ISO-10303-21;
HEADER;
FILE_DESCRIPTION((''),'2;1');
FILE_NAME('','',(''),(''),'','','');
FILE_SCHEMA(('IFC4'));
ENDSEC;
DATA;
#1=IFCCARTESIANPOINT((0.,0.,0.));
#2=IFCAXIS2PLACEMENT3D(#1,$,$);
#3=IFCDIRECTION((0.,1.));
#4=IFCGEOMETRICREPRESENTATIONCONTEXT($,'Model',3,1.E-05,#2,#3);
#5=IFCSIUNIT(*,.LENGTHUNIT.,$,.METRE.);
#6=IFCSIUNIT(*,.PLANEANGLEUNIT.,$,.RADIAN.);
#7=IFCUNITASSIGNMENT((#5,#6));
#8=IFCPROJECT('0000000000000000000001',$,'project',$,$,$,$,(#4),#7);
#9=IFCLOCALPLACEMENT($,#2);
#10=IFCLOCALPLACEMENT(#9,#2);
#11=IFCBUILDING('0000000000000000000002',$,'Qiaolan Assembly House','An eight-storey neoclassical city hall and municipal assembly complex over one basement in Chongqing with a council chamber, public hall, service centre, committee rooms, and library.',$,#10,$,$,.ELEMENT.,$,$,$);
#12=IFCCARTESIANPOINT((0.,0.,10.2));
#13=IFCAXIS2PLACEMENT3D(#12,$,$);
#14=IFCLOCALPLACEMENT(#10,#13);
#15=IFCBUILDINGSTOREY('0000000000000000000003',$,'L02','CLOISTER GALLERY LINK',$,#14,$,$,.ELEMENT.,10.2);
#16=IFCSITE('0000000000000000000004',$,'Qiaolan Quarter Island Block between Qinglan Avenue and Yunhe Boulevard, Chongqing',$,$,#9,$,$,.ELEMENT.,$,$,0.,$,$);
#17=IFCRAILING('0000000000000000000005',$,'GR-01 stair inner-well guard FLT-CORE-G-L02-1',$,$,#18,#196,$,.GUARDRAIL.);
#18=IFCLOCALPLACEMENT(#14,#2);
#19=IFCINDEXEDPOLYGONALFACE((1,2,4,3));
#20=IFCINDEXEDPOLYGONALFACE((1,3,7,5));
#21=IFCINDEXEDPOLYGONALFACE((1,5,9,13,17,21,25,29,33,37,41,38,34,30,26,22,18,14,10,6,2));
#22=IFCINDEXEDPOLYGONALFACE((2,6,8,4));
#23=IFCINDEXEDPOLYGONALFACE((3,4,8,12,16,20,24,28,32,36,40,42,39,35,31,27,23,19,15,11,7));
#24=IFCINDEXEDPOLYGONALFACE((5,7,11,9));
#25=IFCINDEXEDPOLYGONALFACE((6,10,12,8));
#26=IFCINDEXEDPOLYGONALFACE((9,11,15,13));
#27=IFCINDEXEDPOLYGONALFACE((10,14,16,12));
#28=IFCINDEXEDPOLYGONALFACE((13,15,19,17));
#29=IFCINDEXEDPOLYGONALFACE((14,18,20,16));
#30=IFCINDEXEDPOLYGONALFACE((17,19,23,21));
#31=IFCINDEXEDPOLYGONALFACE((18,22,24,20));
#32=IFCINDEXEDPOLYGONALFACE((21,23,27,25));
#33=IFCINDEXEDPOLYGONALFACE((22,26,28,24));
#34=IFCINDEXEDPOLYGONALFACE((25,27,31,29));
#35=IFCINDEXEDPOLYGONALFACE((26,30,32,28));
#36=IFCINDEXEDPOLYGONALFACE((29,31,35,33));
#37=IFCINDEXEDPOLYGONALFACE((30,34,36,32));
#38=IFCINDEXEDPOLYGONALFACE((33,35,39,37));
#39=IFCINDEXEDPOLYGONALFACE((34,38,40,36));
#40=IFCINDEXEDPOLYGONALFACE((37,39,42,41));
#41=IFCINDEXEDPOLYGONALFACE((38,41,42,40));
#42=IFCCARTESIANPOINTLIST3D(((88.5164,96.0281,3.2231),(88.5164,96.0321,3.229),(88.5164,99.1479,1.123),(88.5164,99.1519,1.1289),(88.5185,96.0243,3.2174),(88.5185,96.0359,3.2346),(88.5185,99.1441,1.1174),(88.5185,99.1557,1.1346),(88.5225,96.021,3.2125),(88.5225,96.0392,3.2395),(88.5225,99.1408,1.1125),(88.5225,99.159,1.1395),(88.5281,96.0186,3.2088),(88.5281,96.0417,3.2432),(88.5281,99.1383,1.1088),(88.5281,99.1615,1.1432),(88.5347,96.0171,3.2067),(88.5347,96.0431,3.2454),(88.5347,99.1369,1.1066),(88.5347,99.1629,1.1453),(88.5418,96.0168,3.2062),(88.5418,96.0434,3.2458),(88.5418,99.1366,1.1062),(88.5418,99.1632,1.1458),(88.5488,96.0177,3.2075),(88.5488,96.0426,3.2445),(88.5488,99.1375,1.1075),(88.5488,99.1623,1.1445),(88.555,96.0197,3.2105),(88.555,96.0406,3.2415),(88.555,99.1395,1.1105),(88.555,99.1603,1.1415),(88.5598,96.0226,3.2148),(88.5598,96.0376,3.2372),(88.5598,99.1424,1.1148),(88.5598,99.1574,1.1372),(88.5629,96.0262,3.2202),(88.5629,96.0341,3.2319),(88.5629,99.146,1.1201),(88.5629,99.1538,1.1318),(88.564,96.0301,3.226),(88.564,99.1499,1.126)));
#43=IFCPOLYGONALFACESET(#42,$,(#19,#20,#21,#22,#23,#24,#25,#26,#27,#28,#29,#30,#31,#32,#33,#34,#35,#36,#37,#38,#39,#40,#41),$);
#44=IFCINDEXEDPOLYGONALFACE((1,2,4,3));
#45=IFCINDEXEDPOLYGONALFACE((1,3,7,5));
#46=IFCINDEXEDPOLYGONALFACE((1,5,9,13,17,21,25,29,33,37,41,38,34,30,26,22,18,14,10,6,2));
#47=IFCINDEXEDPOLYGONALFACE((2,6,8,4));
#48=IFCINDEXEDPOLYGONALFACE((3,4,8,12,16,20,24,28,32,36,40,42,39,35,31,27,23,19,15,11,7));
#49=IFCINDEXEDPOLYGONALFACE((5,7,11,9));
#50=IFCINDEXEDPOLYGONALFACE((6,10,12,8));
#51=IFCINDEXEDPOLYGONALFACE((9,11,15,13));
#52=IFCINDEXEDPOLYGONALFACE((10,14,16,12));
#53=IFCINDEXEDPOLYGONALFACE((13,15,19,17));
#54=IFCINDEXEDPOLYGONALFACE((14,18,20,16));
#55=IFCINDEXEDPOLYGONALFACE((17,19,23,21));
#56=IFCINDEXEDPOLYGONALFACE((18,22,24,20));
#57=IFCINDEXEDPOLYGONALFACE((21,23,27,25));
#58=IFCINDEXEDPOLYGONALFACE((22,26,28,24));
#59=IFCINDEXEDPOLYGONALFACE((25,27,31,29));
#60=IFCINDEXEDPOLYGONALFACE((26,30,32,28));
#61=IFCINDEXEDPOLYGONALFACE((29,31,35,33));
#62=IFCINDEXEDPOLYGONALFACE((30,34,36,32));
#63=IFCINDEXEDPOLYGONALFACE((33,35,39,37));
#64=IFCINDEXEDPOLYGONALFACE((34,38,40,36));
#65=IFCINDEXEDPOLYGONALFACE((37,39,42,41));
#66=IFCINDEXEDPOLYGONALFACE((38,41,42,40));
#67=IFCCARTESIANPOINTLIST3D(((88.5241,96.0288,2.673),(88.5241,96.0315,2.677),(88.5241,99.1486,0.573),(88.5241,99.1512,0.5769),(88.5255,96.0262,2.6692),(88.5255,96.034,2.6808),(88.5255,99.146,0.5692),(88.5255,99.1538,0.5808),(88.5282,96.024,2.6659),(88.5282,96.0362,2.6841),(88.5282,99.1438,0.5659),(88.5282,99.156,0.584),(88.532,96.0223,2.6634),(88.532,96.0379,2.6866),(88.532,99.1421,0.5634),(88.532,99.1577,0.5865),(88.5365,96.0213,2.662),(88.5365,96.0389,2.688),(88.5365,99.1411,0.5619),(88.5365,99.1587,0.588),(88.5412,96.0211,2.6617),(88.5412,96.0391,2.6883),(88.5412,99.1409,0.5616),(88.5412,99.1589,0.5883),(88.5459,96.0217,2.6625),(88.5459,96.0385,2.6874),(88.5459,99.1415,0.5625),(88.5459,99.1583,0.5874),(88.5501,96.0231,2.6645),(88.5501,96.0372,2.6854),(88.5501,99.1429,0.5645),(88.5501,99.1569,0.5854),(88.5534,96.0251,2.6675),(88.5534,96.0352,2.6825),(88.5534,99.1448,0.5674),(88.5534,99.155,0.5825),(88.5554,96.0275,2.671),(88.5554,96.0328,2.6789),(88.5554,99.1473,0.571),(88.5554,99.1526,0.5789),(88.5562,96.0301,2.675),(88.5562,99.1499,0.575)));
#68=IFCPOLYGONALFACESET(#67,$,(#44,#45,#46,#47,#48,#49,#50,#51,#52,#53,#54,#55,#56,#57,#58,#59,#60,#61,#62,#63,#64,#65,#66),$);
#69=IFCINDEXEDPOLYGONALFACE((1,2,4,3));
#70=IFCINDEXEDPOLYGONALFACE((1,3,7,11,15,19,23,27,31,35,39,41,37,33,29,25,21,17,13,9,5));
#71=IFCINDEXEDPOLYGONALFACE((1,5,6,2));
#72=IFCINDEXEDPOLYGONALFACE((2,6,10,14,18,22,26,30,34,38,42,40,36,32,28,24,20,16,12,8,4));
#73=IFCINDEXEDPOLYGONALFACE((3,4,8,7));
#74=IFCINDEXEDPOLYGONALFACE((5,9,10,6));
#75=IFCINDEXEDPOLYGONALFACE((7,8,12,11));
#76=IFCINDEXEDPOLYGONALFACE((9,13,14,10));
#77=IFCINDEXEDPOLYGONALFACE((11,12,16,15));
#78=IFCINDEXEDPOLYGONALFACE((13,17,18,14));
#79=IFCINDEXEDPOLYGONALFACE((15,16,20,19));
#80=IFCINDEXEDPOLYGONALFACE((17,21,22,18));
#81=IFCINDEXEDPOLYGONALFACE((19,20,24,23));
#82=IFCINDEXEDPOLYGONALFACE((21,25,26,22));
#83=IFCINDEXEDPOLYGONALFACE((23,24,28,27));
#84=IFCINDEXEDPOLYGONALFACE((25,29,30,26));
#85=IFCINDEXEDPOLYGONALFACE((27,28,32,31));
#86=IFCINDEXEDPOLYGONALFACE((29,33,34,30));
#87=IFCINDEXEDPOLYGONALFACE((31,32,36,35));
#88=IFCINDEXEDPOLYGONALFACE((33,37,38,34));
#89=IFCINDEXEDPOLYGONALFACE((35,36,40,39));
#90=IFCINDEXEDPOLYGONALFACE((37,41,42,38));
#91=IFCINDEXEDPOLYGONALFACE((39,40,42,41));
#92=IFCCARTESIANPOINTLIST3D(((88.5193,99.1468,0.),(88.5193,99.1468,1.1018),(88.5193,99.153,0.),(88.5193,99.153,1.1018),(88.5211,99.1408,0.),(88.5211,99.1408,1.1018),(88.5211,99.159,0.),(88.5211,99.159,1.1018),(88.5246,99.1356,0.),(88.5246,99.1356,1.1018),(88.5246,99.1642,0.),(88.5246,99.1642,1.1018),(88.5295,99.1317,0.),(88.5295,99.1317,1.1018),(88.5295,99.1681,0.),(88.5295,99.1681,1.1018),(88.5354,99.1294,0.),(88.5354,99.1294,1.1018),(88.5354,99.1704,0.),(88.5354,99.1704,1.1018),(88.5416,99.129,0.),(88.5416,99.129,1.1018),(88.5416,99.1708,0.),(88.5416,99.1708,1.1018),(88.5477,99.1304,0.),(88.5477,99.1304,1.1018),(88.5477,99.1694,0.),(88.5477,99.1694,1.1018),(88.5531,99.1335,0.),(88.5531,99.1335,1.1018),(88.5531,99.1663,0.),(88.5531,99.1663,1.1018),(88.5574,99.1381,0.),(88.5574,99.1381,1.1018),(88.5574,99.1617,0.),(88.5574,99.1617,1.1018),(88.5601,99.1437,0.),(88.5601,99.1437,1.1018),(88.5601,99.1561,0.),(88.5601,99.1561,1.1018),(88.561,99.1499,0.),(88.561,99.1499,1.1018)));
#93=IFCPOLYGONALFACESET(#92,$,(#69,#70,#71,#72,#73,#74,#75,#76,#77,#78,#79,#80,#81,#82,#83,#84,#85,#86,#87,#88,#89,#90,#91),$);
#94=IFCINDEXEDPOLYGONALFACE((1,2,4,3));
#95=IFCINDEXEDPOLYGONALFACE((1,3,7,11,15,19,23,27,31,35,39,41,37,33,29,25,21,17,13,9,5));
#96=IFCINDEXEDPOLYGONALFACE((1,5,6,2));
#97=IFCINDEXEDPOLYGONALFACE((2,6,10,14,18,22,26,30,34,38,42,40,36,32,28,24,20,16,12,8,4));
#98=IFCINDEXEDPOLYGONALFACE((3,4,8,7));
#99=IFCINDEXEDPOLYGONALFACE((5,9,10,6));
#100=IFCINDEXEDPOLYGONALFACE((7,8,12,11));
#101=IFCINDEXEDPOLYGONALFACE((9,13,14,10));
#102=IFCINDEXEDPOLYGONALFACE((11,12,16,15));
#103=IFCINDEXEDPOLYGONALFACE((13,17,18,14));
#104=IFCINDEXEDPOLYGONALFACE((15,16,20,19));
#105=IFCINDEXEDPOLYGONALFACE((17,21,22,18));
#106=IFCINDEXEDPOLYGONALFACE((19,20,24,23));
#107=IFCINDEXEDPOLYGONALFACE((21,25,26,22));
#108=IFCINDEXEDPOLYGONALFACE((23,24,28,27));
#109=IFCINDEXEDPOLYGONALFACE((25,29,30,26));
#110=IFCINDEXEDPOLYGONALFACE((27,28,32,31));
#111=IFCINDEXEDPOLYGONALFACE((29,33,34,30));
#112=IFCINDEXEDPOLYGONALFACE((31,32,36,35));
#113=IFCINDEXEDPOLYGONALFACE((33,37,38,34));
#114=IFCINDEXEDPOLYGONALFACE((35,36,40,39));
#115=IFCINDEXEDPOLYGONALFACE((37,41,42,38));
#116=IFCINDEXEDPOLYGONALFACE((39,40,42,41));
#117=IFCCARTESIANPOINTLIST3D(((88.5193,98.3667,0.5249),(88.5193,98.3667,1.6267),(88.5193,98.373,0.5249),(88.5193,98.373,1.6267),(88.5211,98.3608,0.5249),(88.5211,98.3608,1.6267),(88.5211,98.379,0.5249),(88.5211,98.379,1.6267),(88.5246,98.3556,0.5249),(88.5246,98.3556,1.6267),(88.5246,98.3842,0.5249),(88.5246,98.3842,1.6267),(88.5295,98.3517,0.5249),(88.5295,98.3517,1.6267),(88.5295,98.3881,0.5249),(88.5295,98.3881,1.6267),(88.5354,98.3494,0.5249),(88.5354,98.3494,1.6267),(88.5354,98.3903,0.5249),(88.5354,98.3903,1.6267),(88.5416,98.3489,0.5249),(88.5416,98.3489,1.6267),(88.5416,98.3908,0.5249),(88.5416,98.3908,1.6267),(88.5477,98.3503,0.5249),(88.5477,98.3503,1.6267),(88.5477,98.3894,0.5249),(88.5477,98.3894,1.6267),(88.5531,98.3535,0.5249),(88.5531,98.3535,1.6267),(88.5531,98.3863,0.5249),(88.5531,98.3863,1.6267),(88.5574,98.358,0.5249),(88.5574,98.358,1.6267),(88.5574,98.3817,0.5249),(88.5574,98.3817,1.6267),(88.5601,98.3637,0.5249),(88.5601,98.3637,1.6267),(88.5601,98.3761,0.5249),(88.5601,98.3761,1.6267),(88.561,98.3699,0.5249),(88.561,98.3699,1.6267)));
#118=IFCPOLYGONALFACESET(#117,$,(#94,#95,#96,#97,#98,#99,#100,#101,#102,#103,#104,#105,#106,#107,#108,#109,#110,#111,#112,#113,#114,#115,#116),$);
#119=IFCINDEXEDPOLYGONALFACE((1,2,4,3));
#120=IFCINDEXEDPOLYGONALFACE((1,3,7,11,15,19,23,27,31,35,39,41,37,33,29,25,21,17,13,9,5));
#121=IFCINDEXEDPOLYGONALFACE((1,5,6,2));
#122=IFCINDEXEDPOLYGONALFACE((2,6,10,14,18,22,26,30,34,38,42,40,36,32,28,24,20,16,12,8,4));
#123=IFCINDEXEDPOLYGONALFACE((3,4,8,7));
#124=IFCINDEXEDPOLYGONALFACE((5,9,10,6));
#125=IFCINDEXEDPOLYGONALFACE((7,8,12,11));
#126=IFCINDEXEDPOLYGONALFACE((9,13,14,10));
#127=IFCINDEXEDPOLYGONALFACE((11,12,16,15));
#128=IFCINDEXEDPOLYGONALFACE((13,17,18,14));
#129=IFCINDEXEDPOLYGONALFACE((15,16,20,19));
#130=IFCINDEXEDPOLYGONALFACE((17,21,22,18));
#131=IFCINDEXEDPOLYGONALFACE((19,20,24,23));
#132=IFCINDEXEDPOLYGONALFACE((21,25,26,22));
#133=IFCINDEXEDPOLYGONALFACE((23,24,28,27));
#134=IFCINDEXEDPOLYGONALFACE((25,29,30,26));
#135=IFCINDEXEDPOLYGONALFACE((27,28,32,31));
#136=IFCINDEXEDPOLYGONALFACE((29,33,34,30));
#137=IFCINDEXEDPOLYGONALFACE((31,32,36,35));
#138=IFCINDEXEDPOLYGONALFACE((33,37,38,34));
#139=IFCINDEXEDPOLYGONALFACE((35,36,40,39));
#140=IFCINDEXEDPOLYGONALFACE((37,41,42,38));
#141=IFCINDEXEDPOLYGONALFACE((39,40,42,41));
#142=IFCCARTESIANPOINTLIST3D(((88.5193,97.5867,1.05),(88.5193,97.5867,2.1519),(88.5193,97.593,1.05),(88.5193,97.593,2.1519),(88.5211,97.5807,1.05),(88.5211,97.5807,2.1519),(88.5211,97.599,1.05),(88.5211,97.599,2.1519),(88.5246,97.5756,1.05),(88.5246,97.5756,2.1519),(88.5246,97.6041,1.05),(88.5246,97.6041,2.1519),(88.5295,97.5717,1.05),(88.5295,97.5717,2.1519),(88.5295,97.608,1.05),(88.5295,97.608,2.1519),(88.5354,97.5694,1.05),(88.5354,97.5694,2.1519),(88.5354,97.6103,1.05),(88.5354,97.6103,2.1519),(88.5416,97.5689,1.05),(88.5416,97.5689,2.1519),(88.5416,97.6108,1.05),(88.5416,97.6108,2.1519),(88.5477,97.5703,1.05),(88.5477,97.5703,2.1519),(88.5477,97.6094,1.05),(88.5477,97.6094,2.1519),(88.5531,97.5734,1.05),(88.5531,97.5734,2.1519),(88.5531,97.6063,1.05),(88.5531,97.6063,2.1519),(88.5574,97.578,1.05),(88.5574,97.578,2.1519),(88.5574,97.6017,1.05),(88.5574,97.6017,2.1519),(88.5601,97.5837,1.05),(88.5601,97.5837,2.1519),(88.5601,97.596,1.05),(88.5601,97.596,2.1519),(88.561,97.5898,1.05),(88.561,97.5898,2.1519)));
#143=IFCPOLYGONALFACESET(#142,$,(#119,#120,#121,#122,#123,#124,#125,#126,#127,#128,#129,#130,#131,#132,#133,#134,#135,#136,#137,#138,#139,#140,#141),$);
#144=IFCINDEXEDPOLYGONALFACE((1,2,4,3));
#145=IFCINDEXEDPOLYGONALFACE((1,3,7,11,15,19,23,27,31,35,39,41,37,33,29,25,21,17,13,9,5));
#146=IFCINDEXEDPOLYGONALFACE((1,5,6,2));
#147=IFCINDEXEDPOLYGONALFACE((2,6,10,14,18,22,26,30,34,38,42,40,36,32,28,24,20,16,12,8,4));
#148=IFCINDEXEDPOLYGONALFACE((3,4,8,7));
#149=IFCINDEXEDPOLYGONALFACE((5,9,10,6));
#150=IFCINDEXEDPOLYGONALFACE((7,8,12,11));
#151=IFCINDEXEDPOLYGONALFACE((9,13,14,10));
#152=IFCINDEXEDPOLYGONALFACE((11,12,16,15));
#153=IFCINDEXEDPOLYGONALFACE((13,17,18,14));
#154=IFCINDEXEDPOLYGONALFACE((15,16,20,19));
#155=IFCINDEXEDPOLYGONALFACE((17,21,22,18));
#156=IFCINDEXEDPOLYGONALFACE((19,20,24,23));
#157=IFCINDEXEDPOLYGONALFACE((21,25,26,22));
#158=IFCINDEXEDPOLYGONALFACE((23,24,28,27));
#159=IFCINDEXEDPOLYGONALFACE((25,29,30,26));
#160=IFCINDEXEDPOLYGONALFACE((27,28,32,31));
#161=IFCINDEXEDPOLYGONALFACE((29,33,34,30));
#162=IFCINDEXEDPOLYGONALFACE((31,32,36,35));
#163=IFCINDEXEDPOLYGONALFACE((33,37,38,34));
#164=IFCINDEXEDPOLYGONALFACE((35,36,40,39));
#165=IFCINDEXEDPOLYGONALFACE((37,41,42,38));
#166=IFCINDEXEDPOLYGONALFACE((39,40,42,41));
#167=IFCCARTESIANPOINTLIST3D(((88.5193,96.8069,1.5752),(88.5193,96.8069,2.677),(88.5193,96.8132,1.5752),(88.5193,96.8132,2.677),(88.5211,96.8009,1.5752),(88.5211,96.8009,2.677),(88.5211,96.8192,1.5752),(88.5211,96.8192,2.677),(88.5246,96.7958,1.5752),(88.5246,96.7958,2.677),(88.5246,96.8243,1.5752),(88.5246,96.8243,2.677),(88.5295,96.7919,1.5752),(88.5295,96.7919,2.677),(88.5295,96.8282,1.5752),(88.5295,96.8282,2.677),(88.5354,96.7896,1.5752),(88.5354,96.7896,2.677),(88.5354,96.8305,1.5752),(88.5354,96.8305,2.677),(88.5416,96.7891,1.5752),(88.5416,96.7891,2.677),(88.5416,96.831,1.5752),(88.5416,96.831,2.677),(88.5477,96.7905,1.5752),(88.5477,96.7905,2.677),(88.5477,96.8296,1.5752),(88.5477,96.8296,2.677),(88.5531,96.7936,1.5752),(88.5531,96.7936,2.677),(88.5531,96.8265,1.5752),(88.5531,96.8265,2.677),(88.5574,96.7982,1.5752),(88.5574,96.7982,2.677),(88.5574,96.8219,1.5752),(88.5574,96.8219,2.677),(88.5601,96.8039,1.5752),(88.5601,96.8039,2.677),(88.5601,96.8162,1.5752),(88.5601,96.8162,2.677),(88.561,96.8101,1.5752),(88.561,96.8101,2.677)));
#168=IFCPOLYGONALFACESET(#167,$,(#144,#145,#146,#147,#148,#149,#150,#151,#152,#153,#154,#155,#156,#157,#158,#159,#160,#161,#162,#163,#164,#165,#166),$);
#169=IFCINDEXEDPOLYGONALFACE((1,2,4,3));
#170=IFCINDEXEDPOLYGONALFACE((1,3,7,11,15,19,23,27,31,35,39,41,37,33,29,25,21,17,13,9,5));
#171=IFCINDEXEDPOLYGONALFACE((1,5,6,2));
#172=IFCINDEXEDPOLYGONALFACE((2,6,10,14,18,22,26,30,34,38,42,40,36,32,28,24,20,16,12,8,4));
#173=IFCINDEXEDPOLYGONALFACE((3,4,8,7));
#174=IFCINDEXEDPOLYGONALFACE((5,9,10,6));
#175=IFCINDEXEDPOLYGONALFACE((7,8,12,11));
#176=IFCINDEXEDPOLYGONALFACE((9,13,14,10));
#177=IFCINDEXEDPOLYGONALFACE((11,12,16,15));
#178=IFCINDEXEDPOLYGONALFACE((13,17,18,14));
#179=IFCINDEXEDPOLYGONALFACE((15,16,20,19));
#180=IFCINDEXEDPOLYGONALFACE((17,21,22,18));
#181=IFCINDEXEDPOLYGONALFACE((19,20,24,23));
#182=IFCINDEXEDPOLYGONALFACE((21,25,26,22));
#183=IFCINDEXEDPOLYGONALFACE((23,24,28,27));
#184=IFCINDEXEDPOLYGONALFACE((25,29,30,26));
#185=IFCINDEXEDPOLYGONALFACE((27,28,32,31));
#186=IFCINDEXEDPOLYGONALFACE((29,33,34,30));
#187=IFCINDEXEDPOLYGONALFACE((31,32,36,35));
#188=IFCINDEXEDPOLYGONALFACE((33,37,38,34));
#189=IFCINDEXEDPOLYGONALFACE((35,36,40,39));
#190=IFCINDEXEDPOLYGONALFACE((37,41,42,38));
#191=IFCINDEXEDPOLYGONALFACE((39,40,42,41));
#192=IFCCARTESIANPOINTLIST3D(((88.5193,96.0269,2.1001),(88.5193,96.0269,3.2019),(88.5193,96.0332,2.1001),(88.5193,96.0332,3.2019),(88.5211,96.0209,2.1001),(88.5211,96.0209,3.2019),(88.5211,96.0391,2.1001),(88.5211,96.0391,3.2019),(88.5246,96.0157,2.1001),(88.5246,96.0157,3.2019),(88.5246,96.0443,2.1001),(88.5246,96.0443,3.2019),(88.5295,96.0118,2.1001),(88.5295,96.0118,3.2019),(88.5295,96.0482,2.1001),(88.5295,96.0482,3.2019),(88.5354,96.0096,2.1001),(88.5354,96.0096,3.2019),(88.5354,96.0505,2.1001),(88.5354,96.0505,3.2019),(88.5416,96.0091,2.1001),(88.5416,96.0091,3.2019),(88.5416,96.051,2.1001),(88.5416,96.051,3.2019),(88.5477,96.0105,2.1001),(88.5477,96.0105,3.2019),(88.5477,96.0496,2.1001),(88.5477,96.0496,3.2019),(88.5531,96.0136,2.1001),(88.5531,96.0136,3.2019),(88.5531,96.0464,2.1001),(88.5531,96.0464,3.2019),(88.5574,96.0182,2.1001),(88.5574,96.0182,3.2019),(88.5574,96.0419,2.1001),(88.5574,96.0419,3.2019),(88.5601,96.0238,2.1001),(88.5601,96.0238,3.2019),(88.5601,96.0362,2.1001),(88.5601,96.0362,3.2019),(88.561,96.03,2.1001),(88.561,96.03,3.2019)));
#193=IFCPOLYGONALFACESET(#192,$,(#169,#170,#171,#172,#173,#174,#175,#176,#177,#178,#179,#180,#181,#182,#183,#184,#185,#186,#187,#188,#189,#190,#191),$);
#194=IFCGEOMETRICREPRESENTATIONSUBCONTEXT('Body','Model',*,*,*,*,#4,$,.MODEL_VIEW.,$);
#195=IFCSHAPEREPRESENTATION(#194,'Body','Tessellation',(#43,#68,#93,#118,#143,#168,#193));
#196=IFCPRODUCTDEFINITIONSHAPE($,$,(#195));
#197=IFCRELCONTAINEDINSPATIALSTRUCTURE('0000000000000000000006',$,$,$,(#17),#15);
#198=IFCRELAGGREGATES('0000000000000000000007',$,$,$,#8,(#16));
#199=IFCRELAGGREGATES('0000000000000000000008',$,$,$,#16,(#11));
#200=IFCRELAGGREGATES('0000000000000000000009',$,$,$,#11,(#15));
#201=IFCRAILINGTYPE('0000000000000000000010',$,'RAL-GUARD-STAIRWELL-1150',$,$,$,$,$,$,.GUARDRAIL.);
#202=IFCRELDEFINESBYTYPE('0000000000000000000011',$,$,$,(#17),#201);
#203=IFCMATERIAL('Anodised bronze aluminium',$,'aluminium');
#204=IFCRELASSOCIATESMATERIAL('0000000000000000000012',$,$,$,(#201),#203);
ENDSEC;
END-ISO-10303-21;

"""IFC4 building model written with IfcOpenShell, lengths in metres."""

from ifc_helpers import new_model, si_unit, direction, frame, origin, origin_2d, place, context, subcontext, project, spatial, circle, extrude, material, type_object, element, save


model = new_model("IFC4")

# Units and contexts
model_context = context("Model", 3, precision=1e-05, world=origin(), true_north=direction((0.0, 1.0)))
body_context = subcontext(model_context, "Body", "Model", "MODEL_VIEW")
ifc_project = project(units=[si_unit("LENGTHUNIT", "METRE"), si_unit("PLANEANGLEUNIT", "RADIAN")], contexts=[model_context])

# Site, building, storey
site_placement = place(None, origin())
site = spatial("IfcSite", under=ifc_project, at=site_placement, Name="Qiaolan Quarter Island Block between Qinglan Avenue and Yunhe Boulevard, Chongqing", CompositionType="ELEMENT", RefElevation=0.0)
building_placement = place(site_placement, origin())
building = spatial("IfcBuilding", under=site, at=building_placement, Name="Qiaolan Assembly House", Description="An eight-storey neoclassical city hall and municipal assembly complex over one basement in Chongqing with a council chamber, public hall, service centre, committee rooms, and library.", CompositionType="ELEMENT")
storey_placement = place(building_placement, frame((0.0, 0.0, 10.2)))
storey = spatial("IfcBuildingStorey", under=building, at=storey_placement, Name="L02", Description="CLOISTER GALLERY LINK", CompositionType="ELEMENT", Elevation=10.2)

# Railing
ifc_material_1 = material(Name="Anodised bronze aluminium", Category="aluminium")
railing_type_1 = type_object("IfcRailingType", Name="RAL-GUARD-STAIRWELL-1150", PredefinedType="GUARDRAIL", material=ifc_material_1)
railing_1_placement = place(storey_placement, frame((88.54, 99.1499, 0.0)))
element("IfcRailing", 1, at=railing_1_placement, inside=storey, type_object=railing_type_1, Name="GR-01 stair inner-well guard FLT-CORE-G-L02-1", PredefinedType="GUARDRAIL", context=body_context, shape_type="SweptSolid", body=[
    extrude(circle(Radius=0.0239, at=origin_2d()), frame((0.0, 0.0, 1.126), z_axis=(0.0, -0.829565, 0.55841), x_axis=(1.0, 0.0, 0.0)), (0.0, 0.0, 1.0), 3.7607),
    extrude(circle(Radius=0.0161, at=origin_2d()), frame((0.0, 0.0, 0.575), z_axis=(0.0, -0.829565, 0.55841), x_axis=(1.0, 0.0, 0.0)), (0.0, 0.0, 1.0), 3.7607),
    extrude(circle(Radius=0.021, at=origin_2d()), origin(), (0.0, 0.0, 1.0), 1.1018),
    extrude(circle(Radius=0.021, at=origin_2d()), frame((0.0, -0.78, 0.5249)), (0.0, 0.0, 1.0), 1.1018),
    extrude(circle(Radius=0.021, at=origin_2d()), frame((0.0, -1.5601, 1.05)), (0.0, 0.0, 1.0), 1.1018),
    extrude(circle(Radius=0.021, at=origin_2d()), frame((0.0, -2.3398, 1.5752)), (0.0, 0.0, 1.0), 1.1018),
    extrude(circle(Radius=0.021, at=origin_2d()), frame((0.0, -3.1199, 2.1001)), (0.0, 0.0, 1.0), 1.1018),
])

save(model, "model.ifc")
